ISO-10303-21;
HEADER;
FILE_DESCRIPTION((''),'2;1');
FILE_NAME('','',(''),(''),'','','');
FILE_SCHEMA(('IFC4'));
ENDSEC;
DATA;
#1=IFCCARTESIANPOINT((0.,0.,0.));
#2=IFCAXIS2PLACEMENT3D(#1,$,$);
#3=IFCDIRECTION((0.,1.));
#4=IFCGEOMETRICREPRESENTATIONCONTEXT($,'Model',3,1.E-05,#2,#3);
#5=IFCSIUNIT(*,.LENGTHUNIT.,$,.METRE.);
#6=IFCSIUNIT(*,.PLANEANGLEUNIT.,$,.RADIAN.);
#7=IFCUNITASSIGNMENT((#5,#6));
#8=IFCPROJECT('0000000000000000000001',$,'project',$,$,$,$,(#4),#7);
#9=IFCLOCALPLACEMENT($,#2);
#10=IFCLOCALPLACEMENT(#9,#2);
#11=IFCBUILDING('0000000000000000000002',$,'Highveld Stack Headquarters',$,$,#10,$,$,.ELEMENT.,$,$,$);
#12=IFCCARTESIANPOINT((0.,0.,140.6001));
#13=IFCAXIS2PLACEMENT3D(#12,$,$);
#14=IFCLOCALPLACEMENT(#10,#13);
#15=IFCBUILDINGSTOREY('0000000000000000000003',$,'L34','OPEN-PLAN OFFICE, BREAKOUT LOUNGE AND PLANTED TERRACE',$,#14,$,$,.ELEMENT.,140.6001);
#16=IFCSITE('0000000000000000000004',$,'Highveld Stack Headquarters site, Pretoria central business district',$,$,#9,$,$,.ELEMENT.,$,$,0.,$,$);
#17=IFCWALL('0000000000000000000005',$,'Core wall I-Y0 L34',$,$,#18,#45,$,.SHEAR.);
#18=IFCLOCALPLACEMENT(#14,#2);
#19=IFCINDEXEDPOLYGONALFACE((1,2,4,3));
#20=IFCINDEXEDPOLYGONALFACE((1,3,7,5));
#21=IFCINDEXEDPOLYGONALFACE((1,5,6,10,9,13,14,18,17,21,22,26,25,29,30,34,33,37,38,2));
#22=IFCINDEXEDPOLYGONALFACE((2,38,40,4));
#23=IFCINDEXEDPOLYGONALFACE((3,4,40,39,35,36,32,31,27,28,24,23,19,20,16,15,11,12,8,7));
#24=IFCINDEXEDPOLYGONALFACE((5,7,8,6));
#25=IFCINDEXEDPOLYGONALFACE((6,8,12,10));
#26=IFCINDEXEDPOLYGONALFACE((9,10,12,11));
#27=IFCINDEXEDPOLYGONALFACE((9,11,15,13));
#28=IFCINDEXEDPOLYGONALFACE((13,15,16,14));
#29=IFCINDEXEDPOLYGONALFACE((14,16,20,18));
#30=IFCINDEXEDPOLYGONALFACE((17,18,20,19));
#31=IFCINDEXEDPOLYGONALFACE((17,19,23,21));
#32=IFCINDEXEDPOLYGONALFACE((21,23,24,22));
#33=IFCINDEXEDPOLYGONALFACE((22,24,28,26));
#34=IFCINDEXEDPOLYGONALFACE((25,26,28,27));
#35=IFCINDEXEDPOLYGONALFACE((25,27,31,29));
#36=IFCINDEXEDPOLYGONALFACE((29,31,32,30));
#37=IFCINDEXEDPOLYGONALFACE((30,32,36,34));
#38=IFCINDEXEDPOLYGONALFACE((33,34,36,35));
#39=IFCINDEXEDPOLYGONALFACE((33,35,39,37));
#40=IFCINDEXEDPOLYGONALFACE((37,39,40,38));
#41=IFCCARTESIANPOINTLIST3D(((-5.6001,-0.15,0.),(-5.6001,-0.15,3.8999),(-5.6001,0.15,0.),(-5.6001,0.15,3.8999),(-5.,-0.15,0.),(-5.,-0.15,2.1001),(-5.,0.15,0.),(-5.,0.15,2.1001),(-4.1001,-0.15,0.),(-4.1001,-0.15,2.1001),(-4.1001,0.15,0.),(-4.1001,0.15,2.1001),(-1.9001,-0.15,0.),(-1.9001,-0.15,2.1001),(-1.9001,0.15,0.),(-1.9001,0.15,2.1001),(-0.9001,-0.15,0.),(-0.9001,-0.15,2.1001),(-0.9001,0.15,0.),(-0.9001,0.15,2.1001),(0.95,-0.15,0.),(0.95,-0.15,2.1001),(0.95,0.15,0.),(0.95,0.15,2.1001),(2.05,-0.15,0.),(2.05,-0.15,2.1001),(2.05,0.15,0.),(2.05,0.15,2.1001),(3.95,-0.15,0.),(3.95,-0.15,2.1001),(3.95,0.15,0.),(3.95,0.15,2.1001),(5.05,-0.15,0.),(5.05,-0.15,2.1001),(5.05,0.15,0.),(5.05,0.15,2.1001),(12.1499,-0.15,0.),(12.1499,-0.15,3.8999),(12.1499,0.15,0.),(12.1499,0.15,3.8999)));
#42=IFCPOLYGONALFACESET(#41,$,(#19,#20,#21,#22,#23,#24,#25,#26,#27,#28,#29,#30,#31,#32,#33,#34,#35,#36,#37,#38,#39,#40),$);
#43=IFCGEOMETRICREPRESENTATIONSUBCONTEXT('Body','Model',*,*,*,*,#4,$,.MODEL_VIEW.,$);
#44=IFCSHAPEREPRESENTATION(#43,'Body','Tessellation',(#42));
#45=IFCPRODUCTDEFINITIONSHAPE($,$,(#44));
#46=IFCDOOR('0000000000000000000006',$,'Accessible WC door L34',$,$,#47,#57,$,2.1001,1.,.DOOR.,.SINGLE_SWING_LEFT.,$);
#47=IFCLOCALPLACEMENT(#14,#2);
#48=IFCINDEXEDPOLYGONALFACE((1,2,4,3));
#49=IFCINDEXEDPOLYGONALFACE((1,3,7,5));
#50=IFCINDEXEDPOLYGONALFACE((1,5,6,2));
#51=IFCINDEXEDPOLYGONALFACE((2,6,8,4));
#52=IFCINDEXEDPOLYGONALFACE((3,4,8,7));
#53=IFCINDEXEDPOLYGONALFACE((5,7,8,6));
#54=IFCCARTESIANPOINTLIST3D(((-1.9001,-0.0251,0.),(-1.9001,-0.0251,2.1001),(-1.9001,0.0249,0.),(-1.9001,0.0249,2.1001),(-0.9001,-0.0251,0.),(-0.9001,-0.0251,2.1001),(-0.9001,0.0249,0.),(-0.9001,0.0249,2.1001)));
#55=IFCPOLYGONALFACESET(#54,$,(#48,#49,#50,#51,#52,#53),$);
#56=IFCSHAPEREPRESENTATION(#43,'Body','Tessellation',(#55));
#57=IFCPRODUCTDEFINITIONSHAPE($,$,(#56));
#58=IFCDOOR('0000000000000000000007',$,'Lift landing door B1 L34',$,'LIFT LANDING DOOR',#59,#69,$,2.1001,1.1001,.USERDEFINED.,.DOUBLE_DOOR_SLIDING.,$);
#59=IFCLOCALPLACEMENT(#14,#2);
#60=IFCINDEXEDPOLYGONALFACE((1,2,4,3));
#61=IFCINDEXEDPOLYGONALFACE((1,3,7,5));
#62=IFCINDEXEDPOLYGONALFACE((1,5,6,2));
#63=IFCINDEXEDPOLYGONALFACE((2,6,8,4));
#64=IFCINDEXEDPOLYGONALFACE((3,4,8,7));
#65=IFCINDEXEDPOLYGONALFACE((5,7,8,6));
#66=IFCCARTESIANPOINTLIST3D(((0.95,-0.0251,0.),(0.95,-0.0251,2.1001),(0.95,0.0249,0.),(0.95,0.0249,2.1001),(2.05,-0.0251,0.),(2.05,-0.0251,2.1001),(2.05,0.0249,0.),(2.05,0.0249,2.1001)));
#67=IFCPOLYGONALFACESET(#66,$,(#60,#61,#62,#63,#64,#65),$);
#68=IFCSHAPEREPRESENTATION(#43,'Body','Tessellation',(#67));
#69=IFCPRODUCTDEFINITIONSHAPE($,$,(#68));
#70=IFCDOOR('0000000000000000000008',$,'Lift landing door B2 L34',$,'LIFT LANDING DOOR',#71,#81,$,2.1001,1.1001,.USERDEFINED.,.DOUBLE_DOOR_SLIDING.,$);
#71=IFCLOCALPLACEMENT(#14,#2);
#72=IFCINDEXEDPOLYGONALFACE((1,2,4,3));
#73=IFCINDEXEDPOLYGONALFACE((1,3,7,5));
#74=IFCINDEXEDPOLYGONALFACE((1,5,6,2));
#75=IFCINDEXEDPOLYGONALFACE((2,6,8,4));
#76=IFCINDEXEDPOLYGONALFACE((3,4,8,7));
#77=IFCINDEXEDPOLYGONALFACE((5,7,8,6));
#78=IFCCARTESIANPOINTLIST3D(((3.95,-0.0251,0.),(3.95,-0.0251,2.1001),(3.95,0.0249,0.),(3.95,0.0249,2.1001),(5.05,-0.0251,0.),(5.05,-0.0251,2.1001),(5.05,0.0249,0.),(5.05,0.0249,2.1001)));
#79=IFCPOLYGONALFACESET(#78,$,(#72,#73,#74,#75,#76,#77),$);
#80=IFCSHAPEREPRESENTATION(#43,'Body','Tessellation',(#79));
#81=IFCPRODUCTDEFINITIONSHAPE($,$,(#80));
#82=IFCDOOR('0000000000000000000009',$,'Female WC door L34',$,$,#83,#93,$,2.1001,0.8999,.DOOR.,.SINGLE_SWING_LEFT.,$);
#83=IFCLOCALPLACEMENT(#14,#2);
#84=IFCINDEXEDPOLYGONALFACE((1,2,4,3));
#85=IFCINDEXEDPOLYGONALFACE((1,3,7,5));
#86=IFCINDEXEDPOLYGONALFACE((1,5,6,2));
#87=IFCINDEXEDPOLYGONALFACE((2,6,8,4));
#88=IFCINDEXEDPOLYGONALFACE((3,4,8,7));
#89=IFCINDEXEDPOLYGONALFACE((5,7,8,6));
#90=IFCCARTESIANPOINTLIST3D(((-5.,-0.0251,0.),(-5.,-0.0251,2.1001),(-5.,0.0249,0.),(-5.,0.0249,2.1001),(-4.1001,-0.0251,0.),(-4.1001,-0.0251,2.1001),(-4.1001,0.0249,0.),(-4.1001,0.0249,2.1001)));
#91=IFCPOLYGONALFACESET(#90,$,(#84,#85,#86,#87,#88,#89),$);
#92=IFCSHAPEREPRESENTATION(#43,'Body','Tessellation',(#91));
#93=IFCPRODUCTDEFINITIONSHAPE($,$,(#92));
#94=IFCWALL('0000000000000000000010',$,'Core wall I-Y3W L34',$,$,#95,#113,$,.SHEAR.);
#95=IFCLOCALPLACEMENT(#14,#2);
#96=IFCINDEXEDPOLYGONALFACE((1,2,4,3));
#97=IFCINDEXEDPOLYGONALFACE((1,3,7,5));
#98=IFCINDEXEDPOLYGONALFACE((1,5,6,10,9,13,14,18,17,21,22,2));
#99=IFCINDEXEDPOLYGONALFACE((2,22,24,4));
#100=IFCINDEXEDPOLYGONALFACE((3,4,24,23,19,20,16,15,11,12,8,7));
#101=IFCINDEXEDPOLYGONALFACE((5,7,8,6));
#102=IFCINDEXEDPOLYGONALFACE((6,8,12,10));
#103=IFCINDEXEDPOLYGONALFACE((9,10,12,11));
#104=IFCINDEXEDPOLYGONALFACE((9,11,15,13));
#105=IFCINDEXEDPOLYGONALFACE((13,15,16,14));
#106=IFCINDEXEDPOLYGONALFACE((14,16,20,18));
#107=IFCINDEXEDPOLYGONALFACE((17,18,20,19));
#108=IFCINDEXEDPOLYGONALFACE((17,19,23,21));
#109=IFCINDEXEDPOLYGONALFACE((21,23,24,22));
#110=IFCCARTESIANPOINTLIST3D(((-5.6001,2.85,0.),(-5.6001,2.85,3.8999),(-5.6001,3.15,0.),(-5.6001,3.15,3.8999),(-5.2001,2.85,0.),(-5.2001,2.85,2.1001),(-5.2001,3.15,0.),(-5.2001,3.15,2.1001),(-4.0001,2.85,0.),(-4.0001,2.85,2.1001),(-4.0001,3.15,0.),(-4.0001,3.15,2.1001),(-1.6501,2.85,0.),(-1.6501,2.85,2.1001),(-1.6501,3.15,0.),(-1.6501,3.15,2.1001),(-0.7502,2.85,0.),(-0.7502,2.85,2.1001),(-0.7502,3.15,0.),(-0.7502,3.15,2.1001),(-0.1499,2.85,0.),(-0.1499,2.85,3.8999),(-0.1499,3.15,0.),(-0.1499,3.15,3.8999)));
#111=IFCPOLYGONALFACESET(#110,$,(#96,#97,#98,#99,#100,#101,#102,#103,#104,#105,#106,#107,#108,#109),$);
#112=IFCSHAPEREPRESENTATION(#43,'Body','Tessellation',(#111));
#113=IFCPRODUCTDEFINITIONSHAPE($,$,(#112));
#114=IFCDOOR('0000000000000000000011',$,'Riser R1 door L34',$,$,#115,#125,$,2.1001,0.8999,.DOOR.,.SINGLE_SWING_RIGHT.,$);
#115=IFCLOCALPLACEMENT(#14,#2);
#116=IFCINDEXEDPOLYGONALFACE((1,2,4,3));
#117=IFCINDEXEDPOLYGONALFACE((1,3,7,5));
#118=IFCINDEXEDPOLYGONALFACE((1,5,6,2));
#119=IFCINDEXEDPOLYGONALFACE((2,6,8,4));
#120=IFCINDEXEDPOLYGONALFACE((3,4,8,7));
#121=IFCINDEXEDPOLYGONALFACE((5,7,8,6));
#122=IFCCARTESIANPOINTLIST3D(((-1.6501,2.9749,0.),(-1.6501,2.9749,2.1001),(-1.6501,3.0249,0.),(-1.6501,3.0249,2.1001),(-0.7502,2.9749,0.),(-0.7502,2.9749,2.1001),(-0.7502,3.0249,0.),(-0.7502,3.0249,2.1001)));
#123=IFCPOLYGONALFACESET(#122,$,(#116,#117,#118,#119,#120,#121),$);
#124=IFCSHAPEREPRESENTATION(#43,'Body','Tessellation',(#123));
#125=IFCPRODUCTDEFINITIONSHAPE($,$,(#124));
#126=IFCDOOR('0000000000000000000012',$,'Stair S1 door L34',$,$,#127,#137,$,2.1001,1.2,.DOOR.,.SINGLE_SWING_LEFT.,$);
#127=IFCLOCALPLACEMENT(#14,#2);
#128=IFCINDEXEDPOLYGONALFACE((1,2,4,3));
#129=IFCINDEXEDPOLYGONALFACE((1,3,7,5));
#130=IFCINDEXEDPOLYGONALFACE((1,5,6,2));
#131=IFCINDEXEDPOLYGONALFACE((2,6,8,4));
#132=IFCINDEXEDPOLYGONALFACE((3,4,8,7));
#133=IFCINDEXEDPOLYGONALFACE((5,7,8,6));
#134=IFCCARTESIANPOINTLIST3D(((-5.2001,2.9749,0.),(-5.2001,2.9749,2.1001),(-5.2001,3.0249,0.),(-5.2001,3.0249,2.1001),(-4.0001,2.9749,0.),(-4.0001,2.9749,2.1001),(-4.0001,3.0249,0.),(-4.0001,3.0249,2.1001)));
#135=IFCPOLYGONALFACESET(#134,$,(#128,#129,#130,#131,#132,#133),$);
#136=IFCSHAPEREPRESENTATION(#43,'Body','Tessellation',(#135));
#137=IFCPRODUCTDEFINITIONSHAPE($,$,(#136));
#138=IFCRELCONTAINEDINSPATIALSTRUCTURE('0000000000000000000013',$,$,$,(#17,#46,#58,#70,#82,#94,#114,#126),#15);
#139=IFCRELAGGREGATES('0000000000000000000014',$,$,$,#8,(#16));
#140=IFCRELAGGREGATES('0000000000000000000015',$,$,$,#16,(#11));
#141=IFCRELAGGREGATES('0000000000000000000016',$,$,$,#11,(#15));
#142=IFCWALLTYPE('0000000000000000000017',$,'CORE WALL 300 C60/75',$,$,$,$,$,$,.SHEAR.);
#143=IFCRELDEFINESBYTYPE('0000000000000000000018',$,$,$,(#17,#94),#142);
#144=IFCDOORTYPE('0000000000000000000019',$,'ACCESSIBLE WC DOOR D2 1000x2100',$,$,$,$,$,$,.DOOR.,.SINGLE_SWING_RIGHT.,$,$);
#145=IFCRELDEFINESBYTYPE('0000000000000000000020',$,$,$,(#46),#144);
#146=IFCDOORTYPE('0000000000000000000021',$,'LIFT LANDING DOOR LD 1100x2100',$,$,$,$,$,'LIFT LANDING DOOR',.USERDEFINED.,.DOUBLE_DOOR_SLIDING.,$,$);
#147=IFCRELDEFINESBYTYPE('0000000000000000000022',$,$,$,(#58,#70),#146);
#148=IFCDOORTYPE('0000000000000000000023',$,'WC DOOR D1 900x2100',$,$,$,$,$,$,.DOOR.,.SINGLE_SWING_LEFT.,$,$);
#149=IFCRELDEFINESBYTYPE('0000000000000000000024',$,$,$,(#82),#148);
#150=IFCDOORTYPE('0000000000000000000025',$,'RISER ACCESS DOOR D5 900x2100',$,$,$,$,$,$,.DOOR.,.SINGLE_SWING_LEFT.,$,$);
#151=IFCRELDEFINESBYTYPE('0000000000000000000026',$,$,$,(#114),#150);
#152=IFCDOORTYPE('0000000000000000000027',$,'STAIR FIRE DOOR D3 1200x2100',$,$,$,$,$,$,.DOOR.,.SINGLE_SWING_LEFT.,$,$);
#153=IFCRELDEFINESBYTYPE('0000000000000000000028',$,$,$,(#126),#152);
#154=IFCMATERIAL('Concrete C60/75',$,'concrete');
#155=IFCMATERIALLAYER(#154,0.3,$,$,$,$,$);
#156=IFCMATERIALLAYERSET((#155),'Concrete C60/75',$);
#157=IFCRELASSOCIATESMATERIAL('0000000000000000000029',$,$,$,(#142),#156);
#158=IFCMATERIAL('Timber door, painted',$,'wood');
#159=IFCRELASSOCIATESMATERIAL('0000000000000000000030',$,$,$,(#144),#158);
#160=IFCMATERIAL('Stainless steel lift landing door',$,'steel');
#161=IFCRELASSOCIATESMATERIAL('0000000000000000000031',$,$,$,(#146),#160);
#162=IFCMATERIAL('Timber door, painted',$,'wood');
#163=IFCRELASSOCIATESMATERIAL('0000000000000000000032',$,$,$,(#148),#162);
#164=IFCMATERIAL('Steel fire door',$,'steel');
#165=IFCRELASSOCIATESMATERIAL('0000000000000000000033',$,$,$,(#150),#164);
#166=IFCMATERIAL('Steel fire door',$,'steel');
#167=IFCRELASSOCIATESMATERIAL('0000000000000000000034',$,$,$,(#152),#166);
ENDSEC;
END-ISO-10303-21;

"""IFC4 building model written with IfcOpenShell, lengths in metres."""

from ifc_helpers import new_model, si_unit, direction, frame, frame_2d, origin, place, context, subcontext, project, spatial, rectangle, extrude, material, layer, layer_set, type_object, element, fill, save


model = new_model("IFC4")

# Units and contexts
model_context = context("Model", 3, precision=1e-05, world=origin(), true_north=direction((0.0, 1.0)))
body_context = subcontext(model_context, "Body", "Model", "MODEL_VIEW")
ifc_project = project(units=[si_unit("LENGTHUNIT", "METRE"), si_unit("PLANEANGLEUNIT", "RADIAN")], contexts=[model_context])

# Site, building, storey
site_placement = place(None, origin())
site = spatial("IfcSite", under=ifc_project, at=site_placement, Name="Highveld Stack Headquarters site, Pretoria central business district", CompositionType="ELEMENT", RefElevation=0.0)
building_placement = place(site_placement, origin())
building = spatial("IfcBuilding", under=site, at=building_placement, Name="Highveld Stack Headquarters", CompositionType="ELEMENT")
storey_placement = place(building_placement, frame((0.0, 0.0, 140.6001)))
storey = spatial("IfcBuildingStorey", under=building, at=storey_placement, Name="L34", Description="OPEN-PLAN OFFICE, BREAKOUT LOUNGE AND PLANTED TERRACE", CompositionType="ELEMENT", Elevation=140.6001)

# Walls, openings, doors
ifc_material_1 = material(Name="Concrete C60/75", Category="concrete")
ifc_layer_1 = layer(ifc_material_1, 0.3)
ifc_layer_set_1 = layer_set([ifc_layer_1], Name="Concrete C60/75")
wall_type = type_object("IfcWallType", Name="CORE WALL 300 C60/75", PredefinedType="SHEAR", material=ifc_layer_set_1)
wall_1_placement = place(storey_placement, frame((-5.6001, 0.0, 0.0), z_axis=(0.0, 0.0, 1.0), x_axis=(1.0, 0.0, 0.0)))
wall_1 = element("IfcWall", 1, at=wall_1_placement, inside=storey, type_object=wall_type, Name="Core wall I-Y0 L34", PredefinedType="SHEAR", context=body_context, shape_type="SweptSolid", body=[
    extrude(rectangle(XDim=17.75, YDim=0.3, at=frame_2d((8.875, 0.0))), origin(), (0.0, 0.0, 1.0), 3.8999),
])
opening_1_placement = place(wall_1_placement, frame((0.6001, 0.0, 0.0)))
opening_1 = element("IfcOpeningElement", 2, at=opening_1_placement, cuts=wall_1, PredefinedType="OPENING", context=body_context, shape_type="SweptSolid", body=[
    extrude(rectangle(XDim=0.8999, YDim=2.1001, at=frame_2d((0.45, 1.05))), frame((0.0, 0.1599, 0.0), z_axis=(0.0, -1.0, 0.0), x_axis=(1.0, 0.0, 0.0)), (0.0, 0.0, 1.0), 0.3201),
])
opening_2_placement = place(wall_1_placement, frame((3.7, 0.0, 0.0)))
opening_2 = element("IfcOpeningElement", 3, at=opening_2_placement, cuts=wall_1, PredefinedType="OPENING", context=body_context, shape_type="SweptSolid", body=[
    extrude(rectangle(XDim=1.0, YDim=2.1001, at=frame_2d((0.5, 1.05))), frame((0.0, 0.1599, 0.0), z_axis=(0.0, -1.0, 0.0), x_axis=(1.0, 0.0, 0.0)), (0.0, 0.0, 1.0), 0.3201),
])
opening_3_placement = place(wall_1_placement, frame((6.55, 0.0, 0.0)))
opening_3 = element("IfcOpeningElement", 4, at=opening_3_placement, cuts=wall_1, PredefinedType="OPENING", context=body_context, shape_type="SweptSolid", body=[
    extrude(rectangle(XDim=1.1001, YDim=2.1001, at=frame_2d((0.55, 1.05))), frame((0.0, 0.1599, 0.0), z_axis=(0.0, -1.0, 0.0), x_axis=(1.0, 0.0, 0.0)), (0.0, 0.0, 1.0), 0.3201),
])
opening_4_placement = place(wall_1_placement, frame((9.55, 0.0, 0.0)))
opening_4 = element("IfcOpeningElement", 5, at=opening_4_placement, cuts=wall_1, PredefinedType="OPENING", context=body_context, shape_type="SweptSolid", body=[
    extrude(rectangle(XDim=1.1001, YDim=2.1001, at=frame_2d((0.55, 1.05))), frame((0.0, 0.1599, 0.0), z_axis=(0.0, -1.0, 0.0), x_axis=(1.0, 0.0, 0.0)), (0.0, 0.0, 1.0), 0.3201),
])
ifc_material_2 = material(Name="Timber door, painted", Category="wood")
door_type_1 = type_object("IfcDoorType", Name="ACCESSIBLE WC DOOR D2 1000x2100", OperationType="SINGLE_SWING_RIGHT", PredefinedType="DOOR", material=ifc_material_2)
door_1_placement = place(opening_2_placement, origin())
door_1 = element("IfcDoor", 6, at=door_1_placement, inside=storey, type_object=door_type_1, Name="Accessible WC door L34", OperationType="SINGLE_SWING_LEFT", OverallHeight=2.1001, OverallWidth=1.0, PredefinedType="DOOR", context=body_context, shape_type="SweptSolid", body=[
    extrude(rectangle(XDim=1.0, YDim=2.1001, at=frame_2d((0.5, 1.05))), frame((0.0, 0.0249, 0.0), z_axis=(0.0, -1.0, 0.0), x_axis=(1.0, 0.0, 0.0)), (0.0, 0.0, 1.0), 0.05),
])
fill(opening_2, door_1)
ifc_material_3 = material(Name="Stainless steel lift landing door", Category="steel")
door_type_2 = type_object("IfcDoorType", Name="LIFT LANDING DOOR LD 1100x2100", ElementType="LIFT LANDING DOOR", OperationType="DOUBLE_DOOR_SLIDING", PredefinedType="USERDEFINED", material=ifc_material_3)
door_2_placement = place(opening_3_placement, origin())
door_2 = element("IfcDoor", 7, at=door_2_placement, inside=storey, type_object=door_type_2, Name="Lift landing door B1 L34", ObjectType="LIFT LANDING DOOR", OperationType="DOUBLE_DOOR_SLIDING", OverallHeight=2.1001, OverallWidth=1.1001, PredefinedType="USERDEFINED", context=body_context, shape_type="SweptSolid", body=[
    extrude(rectangle(XDim=1.1001, YDim=2.1001, at=frame_2d((0.55, 1.05))), frame((0.0, 0.0249, 0.0), z_axis=(0.0, -1.0, 0.0), x_axis=(1.0, 0.0, 0.0)), (0.0, 0.0, 1.0), 0.05),
])
fill(opening_3, door_2)
door_3_placement = place(opening_4_placement, origin())
door_3 = element("IfcDoor", 8, at=door_3_placement, inside=storey, type_object=door_type_2, Name="Lift landing door B2 L34", ObjectType="LIFT LANDING DOOR", OperationType="DOUBLE_DOOR_SLIDING", OverallHeight=2.1001, OverallWidth=1.1001, PredefinedType="USERDEFINED", context=body_context, shape_type="SweptSolid", body=[
    extrude(rectangle(XDim=1.1001, YDim=2.1001, at=frame_2d((0.55, 1.05))), frame((0.0, 0.0249, 0.0), z_axis=(0.0, -1.0, 0.0), x_axis=(1.0, 0.0, 0.0)), (0.0, 0.0, 1.0), 0.05),
])
fill(opening_4, door_3)
ifc_material_4 = material(Name="Timber door, painted", Category="wood")
door_type_3 = type_object("IfcDoorType", Name="WC DOOR D1 900x2100", OperationType="SINGLE_SWING_LEFT", PredefinedType="DOOR", material=ifc_material_4)
door_4_placement = place(opening_1_placement, origin())
door_4 = element("IfcDoor", 9, at=door_4_placement, inside=storey, type_object=door_type_3, Name="Female WC door L34", OperationType="SINGLE_SWING_LEFT", OverallHeight=2.1001, OverallWidth=0.8999, PredefinedType="DOOR", context=body_context, shape_type="SweptSolid", body=[
    extrude(rectangle(XDim=0.8999, YDim=2.1001, at=frame_2d((0.45, 1.05))), frame((0.0, 0.0249, 0.0), z_axis=(0.0, -1.0, 0.0), x_axis=(1.0, 0.0, 0.0)), (0.0, 0.0, 1.0), 0.05),
])
fill(opening_1, door_4)
wall_2_placement = place(storey_placement, frame((-5.6001, 3.0, 0.0), z_axis=(0.0, 0.0, 1.0), x_axis=(1.0, 0.0, 0.0)))
wall_2 = element("IfcWall", 10, at=wall_2_placement, inside=storey, type_object=wall_type, Name="Core wall I-Y3W L34", PredefinedType="SHEAR", context=body_context, shape_type="SweptSolid", body=[
    extrude(rectangle(XDim=5.4502, YDim=0.3, at=frame_2d((2.7251, 0.0))), origin(), (0.0, 0.0, 1.0), 3.8999),
])
opening_5_placement = place(wall_2_placement, frame((0.3999, 0.0, 0.0)))
opening_5 = element("IfcOpeningElement", 11, at=opening_5_placement, cuts=wall_2, PredefinedType="OPENING", context=body_context, shape_type="SweptSolid", body=[
    extrude(rectangle(XDim=1.2, YDim=2.1001, at=frame_2d((0.6001, 1.05))), frame((0.0, 0.1599, 0.0), z_axis=(0.0, -1.0, 0.0), x_axis=(1.0, 0.0, 0.0)), (0.0, 0.0, 1.0), 0.3201),
])
opening_6_placement = place(wall_2_placement, frame((3.95, 0.0, 0.0)))
opening_6 = element("IfcOpeningElement", 12, at=opening_6_placement, cuts=wall_2, PredefinedType="OPENING", context=body_context, shape_type="SweptSolid", body=[
    extrude(rectangle(XDim=0.8999, YDim=2.1001, at=frame_2d((0.45, 1.05))), frame((0.0, 0.1599, 0.0), z_axis=(0.0, -1.0, 0.0), x_axis=(1.0, 0.0, 0.0)), (0.0, 0.0, 1.0), 0.3201),
])
ifc_material_5 = material(Name="Steel fire door", Category="steel")
door_type_4 = type_object("IfcDoorType", Name="RISER ACCESS DOOR D5 900x2100", OperationType="SINGLE_SWING_LEFT", PredefinedType="DOOR", material=ifc_material_5)
door_5_placement = place(opening_6_placement, origin())
door_5 = element("IfcDoor", 13, at=door_5_placement, inside=storey, type_object=door_type_4, Name="Riser R1 door L34", OperationType="SINGLE_SWING_RIGHT", OverallHeight=2.1001, OverallWidth=0.8999, PredefinedType="DOOR", context=body_context, shape_type="SweptSolid", body=[
    extrude(rectangle(XDim=0.8999, YDim=2.1001, at=frame_2d((0.45, 1.05))), frame((0.0, 0.0249, 0.0), z_axis=(0.0, -1.0, 0.0), x_axis=(1.0, 0.0, 0.0)), (0.0, 0.0, 1.0), 0.05),
])
fill(opening_6, door_5)
ifc_material_6 = material(Name="Steel fire door", Category="steel")
door_type_5 = type_object("IfcDoorType", Name="STAIR FIRE DOOR D3 1200x2100", OperationType="SINGLE_SWING_LEFT", PredefinedType="DOOR", material=ifc_material_6)
door_6_placement = place(opening_5_placement, origin())
door_6 = element("IfcDoor", 14, at=door_6_placement, inside=storey, type_object=door_type_5, Name="Stair S1 door L34", OperationType="SINGLE_SWING_LEFT", OverallHeight=2.1001, OverallWidth=1.2, PredefinedType="DOOR", context=body_context, shape_type="SweptSolid", body=[
    extrude(rectangle(XDim=1.2, YDim=2.1001, at=frame_2d((0.6001, 1.05))), frame((0.0, 0.0249, 0.0), z_axis=(0.0, -1.0, 0.0), x_axis=(1.0, 0.0, 0.0)), (0.0, 0.0, 1.0), 0.05),
])
fill(opening_5, door_6)

save(model, "model.ifc")
